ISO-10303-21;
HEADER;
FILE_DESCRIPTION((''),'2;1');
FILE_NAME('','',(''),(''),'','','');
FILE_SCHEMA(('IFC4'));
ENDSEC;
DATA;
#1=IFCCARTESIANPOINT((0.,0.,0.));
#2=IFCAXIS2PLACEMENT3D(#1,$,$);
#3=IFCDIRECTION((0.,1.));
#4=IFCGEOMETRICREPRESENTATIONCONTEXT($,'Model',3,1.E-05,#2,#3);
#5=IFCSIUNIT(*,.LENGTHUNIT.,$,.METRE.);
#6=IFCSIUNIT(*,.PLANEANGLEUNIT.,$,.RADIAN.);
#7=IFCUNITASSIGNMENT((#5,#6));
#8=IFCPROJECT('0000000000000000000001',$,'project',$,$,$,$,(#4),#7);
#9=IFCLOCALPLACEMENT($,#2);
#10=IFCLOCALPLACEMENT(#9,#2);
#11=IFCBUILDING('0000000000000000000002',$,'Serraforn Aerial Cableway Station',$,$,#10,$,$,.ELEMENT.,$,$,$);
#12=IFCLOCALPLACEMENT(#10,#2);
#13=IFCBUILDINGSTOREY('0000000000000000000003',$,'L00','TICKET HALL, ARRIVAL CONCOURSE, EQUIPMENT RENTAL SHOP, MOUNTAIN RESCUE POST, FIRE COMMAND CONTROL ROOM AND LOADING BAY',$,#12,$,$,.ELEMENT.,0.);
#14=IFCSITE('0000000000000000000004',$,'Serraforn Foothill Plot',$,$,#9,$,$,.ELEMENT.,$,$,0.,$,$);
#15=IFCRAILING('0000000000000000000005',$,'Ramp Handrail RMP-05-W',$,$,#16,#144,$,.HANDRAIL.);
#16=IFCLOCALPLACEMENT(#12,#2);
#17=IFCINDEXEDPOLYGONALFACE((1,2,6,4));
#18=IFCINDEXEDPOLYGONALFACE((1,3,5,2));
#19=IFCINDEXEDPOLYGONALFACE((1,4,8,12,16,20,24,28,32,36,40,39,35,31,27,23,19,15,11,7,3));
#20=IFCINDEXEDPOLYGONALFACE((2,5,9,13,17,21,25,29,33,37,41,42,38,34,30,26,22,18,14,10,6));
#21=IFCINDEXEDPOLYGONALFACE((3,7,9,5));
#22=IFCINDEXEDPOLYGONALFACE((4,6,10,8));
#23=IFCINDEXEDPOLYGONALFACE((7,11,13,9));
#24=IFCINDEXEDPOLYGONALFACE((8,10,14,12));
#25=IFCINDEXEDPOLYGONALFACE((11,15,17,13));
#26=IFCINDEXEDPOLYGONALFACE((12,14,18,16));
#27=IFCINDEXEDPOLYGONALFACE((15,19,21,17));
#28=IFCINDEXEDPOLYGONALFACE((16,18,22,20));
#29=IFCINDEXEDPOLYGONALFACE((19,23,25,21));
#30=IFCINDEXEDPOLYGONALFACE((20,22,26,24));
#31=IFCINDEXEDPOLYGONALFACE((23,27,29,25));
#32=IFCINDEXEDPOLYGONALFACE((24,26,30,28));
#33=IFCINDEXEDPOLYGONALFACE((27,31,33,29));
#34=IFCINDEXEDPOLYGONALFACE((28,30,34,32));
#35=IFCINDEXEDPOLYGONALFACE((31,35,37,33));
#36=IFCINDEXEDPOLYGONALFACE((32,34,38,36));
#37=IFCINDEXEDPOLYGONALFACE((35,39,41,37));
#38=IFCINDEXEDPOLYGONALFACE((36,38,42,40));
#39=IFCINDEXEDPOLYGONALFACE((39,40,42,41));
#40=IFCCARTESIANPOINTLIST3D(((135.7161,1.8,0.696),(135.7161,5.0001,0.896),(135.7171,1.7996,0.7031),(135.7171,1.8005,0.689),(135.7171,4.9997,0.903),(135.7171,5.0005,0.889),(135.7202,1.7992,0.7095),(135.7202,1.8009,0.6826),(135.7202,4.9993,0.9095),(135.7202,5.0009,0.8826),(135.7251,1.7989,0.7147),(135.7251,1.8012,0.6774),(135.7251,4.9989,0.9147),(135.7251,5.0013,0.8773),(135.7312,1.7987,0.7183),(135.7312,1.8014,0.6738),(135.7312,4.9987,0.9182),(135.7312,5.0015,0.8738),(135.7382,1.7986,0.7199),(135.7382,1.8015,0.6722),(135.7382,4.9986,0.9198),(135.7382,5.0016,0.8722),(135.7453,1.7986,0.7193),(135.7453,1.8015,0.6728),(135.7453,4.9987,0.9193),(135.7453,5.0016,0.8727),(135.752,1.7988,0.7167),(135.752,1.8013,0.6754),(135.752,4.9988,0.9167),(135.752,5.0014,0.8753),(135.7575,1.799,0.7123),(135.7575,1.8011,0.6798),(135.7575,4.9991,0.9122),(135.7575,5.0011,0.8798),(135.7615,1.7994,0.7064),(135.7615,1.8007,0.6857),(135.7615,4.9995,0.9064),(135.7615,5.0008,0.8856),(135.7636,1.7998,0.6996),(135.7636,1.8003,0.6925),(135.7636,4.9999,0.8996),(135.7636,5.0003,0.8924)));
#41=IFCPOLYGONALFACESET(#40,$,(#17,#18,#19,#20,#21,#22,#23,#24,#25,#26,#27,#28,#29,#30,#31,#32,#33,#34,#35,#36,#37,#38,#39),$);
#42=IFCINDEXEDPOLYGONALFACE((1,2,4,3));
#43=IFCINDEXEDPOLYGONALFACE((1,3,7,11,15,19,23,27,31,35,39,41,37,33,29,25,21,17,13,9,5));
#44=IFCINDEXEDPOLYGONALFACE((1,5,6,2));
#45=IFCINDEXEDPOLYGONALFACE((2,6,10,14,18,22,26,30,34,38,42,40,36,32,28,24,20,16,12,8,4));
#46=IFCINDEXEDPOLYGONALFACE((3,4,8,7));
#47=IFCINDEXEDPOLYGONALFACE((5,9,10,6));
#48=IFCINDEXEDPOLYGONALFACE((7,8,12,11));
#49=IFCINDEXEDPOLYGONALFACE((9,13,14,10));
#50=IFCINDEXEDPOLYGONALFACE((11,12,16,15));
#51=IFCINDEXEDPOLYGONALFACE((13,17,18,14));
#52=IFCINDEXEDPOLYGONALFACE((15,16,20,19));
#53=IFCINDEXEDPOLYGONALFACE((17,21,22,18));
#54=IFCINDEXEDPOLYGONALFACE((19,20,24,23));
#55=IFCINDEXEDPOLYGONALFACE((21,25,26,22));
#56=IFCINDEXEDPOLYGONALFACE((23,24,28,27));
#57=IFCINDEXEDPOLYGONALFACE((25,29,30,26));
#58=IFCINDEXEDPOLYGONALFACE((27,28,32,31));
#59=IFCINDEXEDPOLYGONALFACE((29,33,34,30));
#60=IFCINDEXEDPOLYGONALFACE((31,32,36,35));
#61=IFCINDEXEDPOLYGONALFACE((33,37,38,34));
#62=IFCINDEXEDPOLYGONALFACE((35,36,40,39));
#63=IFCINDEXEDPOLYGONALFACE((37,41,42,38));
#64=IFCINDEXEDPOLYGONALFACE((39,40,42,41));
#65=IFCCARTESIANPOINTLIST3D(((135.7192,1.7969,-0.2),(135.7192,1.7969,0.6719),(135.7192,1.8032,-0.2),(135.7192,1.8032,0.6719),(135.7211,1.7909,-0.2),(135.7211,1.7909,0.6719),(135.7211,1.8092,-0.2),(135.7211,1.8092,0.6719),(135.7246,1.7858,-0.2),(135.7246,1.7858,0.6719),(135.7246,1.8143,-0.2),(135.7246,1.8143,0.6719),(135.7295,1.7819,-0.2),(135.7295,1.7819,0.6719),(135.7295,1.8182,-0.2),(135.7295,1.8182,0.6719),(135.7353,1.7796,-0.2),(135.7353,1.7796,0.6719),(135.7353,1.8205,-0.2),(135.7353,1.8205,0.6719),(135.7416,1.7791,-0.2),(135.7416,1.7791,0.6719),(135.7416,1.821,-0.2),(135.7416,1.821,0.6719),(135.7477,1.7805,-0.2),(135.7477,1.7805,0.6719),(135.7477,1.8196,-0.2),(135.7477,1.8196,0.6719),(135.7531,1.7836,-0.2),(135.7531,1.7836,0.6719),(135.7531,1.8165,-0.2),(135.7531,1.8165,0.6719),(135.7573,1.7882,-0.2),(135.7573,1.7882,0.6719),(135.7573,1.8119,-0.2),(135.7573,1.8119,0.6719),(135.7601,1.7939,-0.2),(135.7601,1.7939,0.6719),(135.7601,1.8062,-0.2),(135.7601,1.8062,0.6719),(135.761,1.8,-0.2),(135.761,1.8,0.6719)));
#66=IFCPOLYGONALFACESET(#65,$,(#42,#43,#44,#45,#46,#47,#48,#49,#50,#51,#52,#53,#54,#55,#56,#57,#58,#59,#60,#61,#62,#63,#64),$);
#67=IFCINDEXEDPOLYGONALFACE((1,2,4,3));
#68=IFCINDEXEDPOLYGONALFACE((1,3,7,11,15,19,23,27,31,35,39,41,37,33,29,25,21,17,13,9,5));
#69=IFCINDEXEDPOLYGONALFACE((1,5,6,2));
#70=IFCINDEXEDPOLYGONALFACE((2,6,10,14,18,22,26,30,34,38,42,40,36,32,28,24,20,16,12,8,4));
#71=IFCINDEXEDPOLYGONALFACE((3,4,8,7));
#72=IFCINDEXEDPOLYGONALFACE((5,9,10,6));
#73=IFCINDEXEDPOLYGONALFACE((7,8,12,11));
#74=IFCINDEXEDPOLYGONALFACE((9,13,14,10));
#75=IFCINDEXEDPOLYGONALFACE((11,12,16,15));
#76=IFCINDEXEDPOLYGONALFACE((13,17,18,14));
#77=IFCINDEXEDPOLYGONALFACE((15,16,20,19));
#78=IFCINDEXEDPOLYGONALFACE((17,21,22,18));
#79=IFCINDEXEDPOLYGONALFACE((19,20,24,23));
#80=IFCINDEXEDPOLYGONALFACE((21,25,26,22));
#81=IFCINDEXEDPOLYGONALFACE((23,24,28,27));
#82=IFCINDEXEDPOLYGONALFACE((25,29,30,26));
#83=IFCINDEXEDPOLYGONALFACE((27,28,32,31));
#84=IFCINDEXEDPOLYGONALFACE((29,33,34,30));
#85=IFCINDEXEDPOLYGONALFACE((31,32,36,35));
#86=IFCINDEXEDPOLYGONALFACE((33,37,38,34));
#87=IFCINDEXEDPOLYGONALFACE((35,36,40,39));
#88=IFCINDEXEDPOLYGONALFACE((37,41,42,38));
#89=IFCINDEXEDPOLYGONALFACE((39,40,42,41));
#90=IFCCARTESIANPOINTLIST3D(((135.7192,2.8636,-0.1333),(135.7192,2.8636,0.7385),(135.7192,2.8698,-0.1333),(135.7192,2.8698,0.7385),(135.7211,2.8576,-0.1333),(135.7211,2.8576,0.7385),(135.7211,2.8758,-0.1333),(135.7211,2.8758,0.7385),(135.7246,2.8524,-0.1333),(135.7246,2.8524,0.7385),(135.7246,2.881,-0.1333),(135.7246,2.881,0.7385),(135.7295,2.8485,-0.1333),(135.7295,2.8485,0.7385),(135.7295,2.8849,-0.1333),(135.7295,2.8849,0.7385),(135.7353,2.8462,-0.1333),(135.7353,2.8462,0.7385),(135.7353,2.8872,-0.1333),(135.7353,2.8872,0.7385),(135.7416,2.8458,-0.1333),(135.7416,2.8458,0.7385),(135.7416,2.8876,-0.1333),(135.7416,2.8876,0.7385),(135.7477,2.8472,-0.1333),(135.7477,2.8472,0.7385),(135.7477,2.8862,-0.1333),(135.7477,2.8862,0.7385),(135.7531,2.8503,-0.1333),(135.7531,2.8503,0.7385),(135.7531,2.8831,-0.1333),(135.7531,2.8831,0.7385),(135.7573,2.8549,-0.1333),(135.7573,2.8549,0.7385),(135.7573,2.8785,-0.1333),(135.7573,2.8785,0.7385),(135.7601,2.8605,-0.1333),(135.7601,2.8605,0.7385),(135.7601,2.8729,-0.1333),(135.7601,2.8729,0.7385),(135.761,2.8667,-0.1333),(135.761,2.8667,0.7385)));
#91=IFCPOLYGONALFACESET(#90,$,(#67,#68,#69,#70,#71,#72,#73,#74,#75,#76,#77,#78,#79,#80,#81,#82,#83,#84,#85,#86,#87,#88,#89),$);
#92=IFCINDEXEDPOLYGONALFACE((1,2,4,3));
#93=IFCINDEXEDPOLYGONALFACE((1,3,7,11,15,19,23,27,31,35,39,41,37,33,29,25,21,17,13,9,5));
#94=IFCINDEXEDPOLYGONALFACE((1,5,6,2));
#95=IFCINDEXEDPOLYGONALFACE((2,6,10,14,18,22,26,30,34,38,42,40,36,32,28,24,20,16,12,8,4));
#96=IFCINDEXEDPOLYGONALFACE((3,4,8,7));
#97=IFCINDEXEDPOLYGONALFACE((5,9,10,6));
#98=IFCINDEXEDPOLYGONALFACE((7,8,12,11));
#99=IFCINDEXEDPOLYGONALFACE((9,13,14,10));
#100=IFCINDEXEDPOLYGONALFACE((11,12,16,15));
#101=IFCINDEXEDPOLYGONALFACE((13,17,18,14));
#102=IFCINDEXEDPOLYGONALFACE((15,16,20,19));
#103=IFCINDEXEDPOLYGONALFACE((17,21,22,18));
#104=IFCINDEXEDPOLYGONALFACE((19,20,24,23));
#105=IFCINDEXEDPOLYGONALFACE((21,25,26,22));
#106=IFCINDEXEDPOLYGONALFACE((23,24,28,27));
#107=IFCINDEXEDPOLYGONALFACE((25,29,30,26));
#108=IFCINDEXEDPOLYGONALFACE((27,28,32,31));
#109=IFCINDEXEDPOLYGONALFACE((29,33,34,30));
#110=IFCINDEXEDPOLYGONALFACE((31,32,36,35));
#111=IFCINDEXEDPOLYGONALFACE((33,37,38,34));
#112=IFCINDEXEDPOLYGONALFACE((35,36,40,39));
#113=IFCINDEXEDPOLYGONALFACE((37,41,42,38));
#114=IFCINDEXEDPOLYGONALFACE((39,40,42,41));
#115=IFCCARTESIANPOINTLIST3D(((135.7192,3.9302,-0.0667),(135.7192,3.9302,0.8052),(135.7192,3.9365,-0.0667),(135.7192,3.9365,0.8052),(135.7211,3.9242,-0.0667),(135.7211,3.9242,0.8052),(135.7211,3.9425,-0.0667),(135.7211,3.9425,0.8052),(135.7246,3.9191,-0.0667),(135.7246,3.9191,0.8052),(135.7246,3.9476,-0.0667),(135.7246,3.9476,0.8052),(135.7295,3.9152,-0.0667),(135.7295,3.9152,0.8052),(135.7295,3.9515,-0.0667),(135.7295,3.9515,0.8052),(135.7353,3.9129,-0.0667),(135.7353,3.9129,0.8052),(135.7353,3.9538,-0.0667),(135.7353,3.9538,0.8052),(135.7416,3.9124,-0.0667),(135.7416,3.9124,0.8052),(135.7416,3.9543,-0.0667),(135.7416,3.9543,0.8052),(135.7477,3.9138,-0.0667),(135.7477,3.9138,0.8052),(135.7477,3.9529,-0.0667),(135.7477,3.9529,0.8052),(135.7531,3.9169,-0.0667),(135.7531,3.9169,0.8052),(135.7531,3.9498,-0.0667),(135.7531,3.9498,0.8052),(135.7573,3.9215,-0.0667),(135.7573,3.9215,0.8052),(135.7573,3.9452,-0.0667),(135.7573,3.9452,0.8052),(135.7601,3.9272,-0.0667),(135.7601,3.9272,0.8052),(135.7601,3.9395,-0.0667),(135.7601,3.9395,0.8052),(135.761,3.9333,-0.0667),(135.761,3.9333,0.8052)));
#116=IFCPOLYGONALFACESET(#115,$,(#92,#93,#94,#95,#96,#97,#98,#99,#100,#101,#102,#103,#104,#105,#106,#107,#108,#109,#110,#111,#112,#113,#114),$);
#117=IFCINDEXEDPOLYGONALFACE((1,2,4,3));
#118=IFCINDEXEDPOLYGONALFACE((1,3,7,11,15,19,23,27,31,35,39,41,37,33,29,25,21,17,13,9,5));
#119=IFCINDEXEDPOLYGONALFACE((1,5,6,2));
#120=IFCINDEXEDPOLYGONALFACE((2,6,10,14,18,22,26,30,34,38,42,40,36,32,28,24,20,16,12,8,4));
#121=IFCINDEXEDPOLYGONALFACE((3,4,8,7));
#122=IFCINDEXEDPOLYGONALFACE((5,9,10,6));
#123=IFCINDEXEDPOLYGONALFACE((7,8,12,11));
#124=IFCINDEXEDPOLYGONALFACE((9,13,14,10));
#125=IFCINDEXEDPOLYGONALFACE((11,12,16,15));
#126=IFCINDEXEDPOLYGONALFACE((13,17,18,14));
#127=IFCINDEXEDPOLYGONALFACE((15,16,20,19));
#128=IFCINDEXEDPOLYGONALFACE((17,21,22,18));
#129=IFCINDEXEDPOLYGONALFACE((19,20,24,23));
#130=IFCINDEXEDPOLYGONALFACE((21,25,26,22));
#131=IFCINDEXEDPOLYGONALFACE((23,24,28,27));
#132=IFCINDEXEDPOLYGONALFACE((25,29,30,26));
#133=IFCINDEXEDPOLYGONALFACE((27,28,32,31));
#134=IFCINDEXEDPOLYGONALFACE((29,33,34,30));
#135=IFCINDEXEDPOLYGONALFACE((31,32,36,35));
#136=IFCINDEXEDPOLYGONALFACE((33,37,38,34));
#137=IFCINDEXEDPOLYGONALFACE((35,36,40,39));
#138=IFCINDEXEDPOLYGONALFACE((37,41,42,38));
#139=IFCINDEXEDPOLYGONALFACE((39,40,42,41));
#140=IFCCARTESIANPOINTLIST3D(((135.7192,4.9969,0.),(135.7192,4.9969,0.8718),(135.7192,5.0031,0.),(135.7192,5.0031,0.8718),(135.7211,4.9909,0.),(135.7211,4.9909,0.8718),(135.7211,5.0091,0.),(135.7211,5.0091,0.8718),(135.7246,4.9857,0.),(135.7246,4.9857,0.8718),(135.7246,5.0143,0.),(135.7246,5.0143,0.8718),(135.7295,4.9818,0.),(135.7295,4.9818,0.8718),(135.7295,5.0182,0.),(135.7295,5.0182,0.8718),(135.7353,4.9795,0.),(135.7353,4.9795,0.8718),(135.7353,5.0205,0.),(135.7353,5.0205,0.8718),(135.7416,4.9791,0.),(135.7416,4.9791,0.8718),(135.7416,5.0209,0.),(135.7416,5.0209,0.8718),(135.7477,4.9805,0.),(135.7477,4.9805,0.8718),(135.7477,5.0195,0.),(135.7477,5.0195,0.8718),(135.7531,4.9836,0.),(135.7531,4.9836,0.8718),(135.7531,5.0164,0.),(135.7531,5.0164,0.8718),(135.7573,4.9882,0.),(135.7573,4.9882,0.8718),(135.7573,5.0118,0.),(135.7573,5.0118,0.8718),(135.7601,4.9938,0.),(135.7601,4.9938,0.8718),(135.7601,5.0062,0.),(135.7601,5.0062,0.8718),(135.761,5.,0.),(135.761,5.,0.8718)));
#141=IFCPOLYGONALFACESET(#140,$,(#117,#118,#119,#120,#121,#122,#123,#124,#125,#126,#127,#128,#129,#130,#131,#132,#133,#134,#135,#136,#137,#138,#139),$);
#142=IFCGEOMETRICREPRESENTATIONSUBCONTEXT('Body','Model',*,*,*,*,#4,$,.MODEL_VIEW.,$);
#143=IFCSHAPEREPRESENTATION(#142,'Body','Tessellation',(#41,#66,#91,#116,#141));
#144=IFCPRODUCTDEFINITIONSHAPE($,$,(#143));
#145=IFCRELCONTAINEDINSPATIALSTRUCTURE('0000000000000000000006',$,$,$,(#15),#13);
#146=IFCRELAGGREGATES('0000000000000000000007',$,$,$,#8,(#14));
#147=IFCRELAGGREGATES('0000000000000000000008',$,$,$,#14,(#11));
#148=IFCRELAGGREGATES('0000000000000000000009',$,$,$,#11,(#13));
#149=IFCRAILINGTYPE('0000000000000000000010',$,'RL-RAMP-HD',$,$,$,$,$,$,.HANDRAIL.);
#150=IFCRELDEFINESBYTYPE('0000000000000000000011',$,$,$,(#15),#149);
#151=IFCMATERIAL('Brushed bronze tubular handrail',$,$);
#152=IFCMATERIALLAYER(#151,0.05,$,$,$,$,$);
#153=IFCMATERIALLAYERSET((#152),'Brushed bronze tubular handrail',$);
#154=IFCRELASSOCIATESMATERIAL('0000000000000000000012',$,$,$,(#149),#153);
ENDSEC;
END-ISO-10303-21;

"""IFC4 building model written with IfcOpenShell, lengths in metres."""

from ifc_helpers import new_model, si_unit, direction, frame, origin, origin_2d, place, context, subcontext, project, spatial, circle, extrude, material, layer, layer_set, type_object, element, save


model = new_model("IFC4")

# Units and contexts
model_context = context("Model", 3, precision=1e-05, world=origin(), true_north=direction((0.0, 1.0)))
body_context = subcontext(model_context, "Body", "Model", "MODEL_VIEW")
ifc_project = project(units=[si_unit("LENGTHUNIT", "METRE"), si_unit("PLANEANGLEUNIT", "RADIAN")], contexts=[model_context])

# Site, building, storey
site_placement = place(None, origin())
site = spatial("IfcSite", under=ifc_project, at=site_placement, Name="Serraforn Foothill Plot", CompositionType="ELEMENT", RefElevation=0.0)
building_placement = place(site_placement, origin())
building = spatial("IfcBuilding", under=site, at=building_placement, Name="Serraforn Aerial Cableway Station", CompositionType="ELEMENT")
storey_placement = place(building_placement, origin())
storey = spatial("IfcBuildingStorey", under=building, at=storey_placement, Name="L00", Description="TICKET HALL, ARRIVAL CONCOURSE, EQUIPMENT RENTAL SHOP, MOUNTAIN RESCUE POST, FIRE COMMAND CONTROL ROOM AND LOADING BAY", CompositionType="ELEMENT", Elevation=0.0)

# Railing
ifc_material_1 = material(Name="Brushed bronze tubular handrail")
ifc_layer_1 = layer(ifc_material_1, 0.05)
ifc_layer_set_1 = layer_set([ifc_layer_1], Name="Brushed bronze tubular handrail")
railing_type_1 = type_object("IfcRailingType", Name="RL-RAMP-HD", PredefinedType="HANDRAIL", material=ifc_layer_set_1)
for number, where, name in (
    (1, (135.74, 1.8, -0.2), "Ramp Handrail RMP-05-W"),
):
    element("IfcRailing", number, at=place(storey_placement, frame(where)), inside=storey, type_object=railing_type_1, Name=name, PredefinedType="HANDRAIL", context=body_context, shape_type="SweptSolid", body=[
        extrude(circle(Radius=0.0239, at=origin_2d()), frame((0.0, 0.0, 0.896), z_axis=(0.0, 0.998053, 0.062364), x_axis=(-1.0, 0.0, 0.0)), (0.0, 0.0, 1.0), 3.2063),
        extrude(circle(Radius=0.021, at=origin_2d()), origin(), (0.0, 0.0, 1.0), 0.8718),
        extrude(circle(Radius=0.021, at=origin_2d()), frame((0.0, 1.0667, 0.0667)), (0.0, 0.0, 1.0), 0.8718),
        extrude(circle(Radius=0.021, at=origin_2d()), frame((0.0, 2.1333, 0.1333)), (0.0, 0.0, 1.0), 0.8718),
        extrude(circle(Radius=0.021, at=origin_2d()), frame((0.0, 3.2, 0.2)), (0.0, 0.0, 1.0), 0.8718),
    ])

save(model, "model.ifc")
